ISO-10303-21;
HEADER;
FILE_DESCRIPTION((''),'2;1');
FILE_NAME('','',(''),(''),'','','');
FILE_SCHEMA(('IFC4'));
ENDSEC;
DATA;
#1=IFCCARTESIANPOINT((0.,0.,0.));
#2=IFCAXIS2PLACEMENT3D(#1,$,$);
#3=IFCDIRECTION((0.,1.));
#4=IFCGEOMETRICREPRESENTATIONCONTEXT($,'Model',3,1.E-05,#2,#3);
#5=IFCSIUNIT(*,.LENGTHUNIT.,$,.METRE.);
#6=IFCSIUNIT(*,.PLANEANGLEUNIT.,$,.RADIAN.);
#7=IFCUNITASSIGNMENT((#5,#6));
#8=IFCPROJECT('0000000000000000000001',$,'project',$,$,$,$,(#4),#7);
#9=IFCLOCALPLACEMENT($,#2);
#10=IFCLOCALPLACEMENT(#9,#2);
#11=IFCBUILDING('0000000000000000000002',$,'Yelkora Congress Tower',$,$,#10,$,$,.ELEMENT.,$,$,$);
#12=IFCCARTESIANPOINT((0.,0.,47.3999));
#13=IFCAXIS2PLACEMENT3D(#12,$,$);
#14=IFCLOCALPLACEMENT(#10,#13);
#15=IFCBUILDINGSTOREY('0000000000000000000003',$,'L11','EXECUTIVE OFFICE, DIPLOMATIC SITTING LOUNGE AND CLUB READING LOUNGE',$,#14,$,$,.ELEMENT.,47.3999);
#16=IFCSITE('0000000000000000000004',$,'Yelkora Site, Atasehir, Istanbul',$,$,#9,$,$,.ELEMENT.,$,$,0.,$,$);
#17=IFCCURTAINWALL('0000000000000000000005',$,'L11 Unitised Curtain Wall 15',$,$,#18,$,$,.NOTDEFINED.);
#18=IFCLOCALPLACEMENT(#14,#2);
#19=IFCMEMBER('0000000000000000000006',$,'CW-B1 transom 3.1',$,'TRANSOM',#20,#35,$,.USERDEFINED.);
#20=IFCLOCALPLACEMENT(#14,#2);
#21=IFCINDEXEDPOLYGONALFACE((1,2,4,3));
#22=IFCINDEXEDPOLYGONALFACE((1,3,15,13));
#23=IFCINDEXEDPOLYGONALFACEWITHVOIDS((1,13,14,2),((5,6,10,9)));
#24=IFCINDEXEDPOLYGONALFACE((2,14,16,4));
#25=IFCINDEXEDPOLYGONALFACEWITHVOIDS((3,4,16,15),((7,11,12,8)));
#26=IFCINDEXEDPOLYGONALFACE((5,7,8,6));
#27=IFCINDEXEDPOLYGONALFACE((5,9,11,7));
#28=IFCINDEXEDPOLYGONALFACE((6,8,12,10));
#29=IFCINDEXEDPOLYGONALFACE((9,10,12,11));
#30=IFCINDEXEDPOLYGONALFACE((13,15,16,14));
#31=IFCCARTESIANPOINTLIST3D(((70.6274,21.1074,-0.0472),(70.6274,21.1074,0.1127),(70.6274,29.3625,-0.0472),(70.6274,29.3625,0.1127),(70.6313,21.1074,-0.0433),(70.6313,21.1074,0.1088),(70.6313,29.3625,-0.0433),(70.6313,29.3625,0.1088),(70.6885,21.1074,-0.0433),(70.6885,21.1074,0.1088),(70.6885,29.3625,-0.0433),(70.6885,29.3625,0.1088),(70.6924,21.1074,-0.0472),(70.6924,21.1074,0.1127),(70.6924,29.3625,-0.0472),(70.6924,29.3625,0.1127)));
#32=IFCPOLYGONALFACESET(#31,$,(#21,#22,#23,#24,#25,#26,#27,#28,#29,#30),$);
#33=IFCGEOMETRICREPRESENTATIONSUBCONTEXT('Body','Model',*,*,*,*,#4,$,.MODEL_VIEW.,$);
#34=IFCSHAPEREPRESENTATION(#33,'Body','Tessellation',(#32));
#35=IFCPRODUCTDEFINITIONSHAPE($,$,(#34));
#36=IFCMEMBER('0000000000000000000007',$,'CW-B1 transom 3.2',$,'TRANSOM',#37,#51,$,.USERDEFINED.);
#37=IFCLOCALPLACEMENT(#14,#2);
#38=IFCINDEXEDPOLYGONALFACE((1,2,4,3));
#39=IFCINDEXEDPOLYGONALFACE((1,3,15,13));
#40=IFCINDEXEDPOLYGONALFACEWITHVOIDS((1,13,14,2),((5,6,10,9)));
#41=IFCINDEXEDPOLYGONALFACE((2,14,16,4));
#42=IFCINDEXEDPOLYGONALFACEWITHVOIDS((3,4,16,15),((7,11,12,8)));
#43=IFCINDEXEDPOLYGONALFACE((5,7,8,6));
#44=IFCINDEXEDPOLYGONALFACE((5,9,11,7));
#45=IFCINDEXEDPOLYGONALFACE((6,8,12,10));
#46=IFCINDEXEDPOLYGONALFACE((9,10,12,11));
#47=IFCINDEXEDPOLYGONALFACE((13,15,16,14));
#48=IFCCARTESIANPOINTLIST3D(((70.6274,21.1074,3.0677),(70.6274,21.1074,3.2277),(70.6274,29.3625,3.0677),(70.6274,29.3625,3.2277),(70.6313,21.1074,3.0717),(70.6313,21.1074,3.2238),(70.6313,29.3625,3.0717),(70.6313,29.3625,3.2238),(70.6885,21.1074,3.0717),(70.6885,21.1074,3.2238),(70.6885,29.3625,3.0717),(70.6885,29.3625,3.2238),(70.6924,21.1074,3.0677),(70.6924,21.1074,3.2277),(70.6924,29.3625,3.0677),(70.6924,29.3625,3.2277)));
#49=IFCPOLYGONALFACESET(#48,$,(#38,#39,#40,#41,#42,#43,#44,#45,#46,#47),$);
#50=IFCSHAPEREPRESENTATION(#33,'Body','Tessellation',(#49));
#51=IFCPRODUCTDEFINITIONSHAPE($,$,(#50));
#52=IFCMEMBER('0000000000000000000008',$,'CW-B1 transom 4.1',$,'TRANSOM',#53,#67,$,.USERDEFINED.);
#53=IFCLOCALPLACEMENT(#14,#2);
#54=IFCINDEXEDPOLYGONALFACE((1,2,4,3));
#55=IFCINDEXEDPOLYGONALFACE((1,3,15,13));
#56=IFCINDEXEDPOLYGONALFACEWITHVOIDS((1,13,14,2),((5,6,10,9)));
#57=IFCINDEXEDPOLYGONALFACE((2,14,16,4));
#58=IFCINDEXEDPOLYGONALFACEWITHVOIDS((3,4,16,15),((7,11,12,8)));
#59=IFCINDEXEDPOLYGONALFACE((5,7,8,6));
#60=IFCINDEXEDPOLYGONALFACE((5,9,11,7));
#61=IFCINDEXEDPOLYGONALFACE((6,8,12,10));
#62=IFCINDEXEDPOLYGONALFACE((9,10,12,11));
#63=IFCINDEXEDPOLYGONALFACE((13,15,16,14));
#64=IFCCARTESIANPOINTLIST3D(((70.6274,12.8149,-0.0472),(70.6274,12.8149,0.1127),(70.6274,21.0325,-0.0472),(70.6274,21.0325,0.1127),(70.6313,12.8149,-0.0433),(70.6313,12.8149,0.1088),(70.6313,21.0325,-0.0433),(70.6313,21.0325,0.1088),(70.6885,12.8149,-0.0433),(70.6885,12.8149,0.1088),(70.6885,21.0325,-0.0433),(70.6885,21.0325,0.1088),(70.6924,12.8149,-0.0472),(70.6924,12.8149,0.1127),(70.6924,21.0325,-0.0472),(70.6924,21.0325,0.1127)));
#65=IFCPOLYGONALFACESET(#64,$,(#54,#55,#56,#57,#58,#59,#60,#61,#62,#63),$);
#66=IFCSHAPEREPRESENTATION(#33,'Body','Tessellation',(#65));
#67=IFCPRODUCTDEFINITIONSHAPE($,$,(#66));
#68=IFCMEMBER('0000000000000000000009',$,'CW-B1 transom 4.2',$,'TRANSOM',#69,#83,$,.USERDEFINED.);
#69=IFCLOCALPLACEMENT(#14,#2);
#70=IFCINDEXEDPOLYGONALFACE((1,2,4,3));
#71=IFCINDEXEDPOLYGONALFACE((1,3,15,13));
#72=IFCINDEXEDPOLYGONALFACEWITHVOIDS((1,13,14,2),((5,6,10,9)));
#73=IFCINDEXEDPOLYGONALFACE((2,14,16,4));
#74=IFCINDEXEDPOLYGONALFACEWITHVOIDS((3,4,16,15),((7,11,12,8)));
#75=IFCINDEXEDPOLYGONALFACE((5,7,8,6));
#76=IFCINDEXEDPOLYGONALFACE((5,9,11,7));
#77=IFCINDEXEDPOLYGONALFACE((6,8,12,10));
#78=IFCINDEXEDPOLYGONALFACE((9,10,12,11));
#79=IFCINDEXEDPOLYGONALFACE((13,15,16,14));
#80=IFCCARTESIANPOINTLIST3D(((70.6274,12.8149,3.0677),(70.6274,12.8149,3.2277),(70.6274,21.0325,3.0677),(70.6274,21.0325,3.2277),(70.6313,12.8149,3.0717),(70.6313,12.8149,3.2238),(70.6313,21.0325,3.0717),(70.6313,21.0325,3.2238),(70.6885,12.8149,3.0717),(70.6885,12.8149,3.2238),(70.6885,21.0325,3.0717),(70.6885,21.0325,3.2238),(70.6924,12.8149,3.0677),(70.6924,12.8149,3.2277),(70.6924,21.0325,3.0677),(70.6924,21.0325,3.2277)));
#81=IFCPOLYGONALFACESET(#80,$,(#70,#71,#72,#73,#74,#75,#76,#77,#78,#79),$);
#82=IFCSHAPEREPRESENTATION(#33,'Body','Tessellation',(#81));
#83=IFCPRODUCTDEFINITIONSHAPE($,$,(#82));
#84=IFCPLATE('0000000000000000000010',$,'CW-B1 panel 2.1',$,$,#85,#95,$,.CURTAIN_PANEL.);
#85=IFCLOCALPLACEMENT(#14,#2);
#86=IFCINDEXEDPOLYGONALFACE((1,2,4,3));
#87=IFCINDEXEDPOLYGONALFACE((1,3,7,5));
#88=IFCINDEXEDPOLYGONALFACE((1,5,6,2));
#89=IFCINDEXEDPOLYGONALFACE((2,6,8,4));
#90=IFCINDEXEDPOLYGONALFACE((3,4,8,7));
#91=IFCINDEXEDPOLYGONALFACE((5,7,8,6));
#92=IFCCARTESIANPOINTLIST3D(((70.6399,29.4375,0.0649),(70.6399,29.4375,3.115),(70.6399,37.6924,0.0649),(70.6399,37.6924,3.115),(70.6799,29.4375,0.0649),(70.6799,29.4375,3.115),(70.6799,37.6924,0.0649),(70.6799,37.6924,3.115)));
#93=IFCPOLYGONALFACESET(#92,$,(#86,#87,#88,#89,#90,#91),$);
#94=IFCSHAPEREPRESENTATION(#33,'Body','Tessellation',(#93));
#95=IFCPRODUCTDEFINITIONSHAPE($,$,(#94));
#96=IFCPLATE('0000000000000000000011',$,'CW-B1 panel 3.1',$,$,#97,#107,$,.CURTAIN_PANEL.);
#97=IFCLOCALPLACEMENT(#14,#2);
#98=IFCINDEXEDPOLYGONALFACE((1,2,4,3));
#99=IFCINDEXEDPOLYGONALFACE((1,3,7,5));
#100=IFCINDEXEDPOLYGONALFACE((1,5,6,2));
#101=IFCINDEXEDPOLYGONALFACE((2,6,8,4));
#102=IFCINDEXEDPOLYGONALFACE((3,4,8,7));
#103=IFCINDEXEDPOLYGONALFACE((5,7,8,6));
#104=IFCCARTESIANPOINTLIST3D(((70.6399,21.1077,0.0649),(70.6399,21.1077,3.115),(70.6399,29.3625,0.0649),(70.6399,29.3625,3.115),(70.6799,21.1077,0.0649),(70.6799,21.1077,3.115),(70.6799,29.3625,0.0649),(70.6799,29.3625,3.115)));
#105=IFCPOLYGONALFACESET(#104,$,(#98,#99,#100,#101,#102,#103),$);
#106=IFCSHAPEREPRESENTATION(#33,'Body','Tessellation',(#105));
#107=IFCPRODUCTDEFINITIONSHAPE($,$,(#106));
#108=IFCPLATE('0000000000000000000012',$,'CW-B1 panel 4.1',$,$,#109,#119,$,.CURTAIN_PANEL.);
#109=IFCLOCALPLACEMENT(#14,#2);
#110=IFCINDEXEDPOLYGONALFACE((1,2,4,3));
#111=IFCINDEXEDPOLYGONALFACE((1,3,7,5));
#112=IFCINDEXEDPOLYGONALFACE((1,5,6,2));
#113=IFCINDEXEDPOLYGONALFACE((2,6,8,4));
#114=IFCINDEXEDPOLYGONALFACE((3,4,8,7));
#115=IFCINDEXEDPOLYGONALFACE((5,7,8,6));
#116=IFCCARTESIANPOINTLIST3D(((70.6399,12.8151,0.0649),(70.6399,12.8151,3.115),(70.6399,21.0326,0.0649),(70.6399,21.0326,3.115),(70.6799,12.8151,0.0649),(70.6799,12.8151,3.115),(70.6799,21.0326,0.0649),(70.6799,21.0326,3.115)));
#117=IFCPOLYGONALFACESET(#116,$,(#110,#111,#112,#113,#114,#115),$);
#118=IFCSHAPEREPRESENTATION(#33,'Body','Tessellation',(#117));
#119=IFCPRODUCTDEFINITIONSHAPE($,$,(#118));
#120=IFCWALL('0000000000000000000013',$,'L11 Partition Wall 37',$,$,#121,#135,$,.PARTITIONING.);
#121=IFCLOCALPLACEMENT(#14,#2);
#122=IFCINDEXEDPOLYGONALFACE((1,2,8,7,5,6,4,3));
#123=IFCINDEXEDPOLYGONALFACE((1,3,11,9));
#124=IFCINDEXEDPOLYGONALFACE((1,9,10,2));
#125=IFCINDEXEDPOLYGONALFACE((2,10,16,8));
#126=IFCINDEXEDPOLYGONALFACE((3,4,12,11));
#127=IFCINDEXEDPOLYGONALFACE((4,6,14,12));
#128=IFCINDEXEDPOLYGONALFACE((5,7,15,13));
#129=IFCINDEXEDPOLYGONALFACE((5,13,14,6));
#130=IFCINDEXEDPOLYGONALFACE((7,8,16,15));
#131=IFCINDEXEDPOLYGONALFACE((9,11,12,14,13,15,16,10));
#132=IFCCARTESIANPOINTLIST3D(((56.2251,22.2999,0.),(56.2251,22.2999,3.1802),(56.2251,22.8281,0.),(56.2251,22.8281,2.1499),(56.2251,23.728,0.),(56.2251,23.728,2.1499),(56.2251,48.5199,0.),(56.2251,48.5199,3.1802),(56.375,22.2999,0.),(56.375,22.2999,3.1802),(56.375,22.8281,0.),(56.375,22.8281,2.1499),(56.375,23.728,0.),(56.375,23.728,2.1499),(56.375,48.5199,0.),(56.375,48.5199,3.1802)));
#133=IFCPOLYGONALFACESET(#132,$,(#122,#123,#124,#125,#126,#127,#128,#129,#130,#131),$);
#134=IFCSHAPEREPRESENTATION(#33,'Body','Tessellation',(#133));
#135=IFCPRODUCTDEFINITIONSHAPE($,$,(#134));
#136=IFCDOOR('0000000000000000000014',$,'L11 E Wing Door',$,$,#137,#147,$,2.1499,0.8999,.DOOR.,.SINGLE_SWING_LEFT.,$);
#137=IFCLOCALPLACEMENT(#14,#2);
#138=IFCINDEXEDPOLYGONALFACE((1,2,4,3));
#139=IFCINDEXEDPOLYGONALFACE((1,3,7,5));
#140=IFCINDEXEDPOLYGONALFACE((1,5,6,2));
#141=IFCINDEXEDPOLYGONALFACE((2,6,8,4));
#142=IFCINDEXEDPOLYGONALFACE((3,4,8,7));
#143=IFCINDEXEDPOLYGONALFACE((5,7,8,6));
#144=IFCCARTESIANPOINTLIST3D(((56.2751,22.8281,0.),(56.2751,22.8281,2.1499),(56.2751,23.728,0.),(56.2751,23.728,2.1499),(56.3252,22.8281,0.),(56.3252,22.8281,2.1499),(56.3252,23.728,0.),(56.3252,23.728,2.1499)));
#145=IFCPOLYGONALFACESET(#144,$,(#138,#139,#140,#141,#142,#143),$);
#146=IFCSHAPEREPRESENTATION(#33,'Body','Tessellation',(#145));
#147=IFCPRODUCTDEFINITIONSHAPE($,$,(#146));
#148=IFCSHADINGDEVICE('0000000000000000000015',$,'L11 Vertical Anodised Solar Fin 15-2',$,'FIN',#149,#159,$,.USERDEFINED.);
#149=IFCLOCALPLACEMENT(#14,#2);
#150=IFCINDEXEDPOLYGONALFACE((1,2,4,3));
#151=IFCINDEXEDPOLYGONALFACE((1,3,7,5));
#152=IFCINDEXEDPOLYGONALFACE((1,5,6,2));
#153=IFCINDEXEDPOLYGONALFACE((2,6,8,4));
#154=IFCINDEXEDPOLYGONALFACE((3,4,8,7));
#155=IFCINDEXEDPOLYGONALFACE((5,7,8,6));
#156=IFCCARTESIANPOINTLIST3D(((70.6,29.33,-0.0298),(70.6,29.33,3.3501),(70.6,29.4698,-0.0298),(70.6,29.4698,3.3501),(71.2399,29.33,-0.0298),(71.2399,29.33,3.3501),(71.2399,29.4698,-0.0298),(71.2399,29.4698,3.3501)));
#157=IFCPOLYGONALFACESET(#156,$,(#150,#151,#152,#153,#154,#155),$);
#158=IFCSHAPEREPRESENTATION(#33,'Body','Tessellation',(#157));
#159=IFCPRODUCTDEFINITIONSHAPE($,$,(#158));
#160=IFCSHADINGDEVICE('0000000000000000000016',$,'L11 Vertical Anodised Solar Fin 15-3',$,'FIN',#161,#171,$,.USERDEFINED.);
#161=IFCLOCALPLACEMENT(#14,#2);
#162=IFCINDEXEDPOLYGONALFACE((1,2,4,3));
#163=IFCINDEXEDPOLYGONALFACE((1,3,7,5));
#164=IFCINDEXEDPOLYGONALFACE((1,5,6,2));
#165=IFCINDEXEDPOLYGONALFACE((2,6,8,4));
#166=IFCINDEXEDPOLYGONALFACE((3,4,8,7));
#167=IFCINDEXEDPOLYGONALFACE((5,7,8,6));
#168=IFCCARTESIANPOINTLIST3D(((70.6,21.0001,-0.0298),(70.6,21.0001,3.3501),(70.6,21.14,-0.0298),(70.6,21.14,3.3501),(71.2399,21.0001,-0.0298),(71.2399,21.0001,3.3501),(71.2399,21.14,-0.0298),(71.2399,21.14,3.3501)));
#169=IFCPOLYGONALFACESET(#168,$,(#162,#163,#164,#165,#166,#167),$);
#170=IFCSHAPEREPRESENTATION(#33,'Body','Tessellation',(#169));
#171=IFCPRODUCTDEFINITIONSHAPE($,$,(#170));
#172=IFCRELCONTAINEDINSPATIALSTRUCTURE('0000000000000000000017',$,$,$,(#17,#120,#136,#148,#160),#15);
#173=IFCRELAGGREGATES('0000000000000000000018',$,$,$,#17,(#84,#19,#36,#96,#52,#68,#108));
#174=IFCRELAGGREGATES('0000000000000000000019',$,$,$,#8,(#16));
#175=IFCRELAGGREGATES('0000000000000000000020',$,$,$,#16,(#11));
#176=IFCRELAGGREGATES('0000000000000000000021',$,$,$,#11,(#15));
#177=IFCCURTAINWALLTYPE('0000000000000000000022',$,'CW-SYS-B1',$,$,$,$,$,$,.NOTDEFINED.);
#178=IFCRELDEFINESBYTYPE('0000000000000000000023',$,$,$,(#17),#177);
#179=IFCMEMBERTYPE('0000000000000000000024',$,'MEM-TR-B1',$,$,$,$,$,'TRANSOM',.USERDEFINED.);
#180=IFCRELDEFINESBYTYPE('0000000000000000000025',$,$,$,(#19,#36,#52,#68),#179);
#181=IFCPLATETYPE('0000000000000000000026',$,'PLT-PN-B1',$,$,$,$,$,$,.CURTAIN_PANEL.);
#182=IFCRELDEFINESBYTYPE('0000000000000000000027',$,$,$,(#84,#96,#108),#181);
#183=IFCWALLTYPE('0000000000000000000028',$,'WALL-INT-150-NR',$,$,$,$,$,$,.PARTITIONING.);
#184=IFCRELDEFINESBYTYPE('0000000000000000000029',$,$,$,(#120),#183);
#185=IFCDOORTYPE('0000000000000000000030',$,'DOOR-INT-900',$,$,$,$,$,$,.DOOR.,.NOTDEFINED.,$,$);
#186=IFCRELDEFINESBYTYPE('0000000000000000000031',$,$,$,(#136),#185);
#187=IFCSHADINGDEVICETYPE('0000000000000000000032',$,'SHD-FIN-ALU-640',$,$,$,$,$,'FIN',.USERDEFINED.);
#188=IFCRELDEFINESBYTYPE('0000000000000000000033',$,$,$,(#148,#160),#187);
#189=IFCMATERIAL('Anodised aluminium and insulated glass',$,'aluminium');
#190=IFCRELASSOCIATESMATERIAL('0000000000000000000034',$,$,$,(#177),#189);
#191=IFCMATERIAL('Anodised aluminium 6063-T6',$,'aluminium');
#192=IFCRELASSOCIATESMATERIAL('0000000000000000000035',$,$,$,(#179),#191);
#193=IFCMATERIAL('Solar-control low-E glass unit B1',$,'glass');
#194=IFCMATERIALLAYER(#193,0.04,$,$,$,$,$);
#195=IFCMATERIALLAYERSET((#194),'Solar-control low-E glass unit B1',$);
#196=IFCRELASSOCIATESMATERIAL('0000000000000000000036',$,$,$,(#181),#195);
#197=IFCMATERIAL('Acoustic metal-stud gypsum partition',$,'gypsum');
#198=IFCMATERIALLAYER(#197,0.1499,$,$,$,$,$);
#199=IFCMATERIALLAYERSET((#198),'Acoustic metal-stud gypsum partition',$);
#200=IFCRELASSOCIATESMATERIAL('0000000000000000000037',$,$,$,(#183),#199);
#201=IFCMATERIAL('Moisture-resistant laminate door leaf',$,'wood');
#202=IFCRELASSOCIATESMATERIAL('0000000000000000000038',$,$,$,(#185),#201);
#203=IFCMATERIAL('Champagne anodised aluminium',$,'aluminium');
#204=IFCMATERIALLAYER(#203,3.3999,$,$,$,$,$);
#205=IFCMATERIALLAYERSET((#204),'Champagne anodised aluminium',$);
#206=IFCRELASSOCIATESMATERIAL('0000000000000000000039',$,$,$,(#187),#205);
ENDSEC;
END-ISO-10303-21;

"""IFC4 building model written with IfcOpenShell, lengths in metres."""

from ifc_helpers import new_model, si_unit, direction, frame, frame_2d, origin, origin_2d, place, context, subcontext, project, spatial, rectangle, hollow_rectangle, extrude, material, layer, layer_set, material_profile, profile_set, type_object, element, fill, aggregate, save


model = new_model("IFC4")

# Units and contexts
model_context = context("Model", 3, precision=1e-05, world=origin(), true_north=direction((0.0, 1.0)))
body_context = subcontext(model_context, "Body", "Model", "MODEL_VIEW")
ifc_project = project(units=[si_unit("LENGTHUNIT", "METRE"), si_unit("PLANEANGLEUNIT", "RADIAN")], contexts=[model_context])

# Site, building, storey
site_placement = place(None, origin())
site = spatial("IfcSite", under=ifc_project, at=site_placement, Name="Yelkora Site, Atasehir, Istanbul", CompositionType="ELEMENT", RefElevation=0.0)
building_placement = place(site_placement, origin())
building = spatial("IfcBuilding", under=site, at=building_placement, Name="Yelkora Congress Tower", CompositionType="ELEMENT")
storey_placement = place(building_placement, frame((0.0, 0.0, 47.3999)))
storey = spatial("IfcBuildingStorey", under=building, at=storey_placement, Name="L11", Description="EXECUTIVE OFFICE, DIPLOMATIC SITTING LOUNGE AND CLUB READING LOUNGE", CompositionType="ELEMENT", Elevation=47.3999)

# Curtain wall, members, plates
ifc_material_1 = material(Name="Anodised aluminium and insulated glass", Category="aluminium")
curtain_wall_type = type_object("IfcCurtainWallType", Name="CW-SYS-B1", PredefinedType="NOTDEFINED", material=ifc_material_1)
curtain_wall_placement = place(storey_placement, origin())
curtain_wall = element("IfcCurtainWall", 1, at=curtain_wall_placement, inside=storey, type_object=curtain_wall_type, Name="L11 Unitised Curtain Wall 15", PredefinedType="NOTDEFINED")
ifc_material_2 = material(Name="Anodised aluminium 6063-T6", Category="aluminium")
ifc_material_profile_1 = material_profile(ifc_material_2, hollow_rectangle(XDim=0.0649, YDim=0.1599, WallThickness=0.0039, at=origin_2d()), Name="ALU 65x160x4")
ifc_profile_set_1 = profile_set([ifc_material_profile_1], Name="Anodised aluminium 6063-T6")
member_type_1 = type_object("IfcMemberType", Name="MEM-TR-B1", ElementType="TRANSOM", PredefinedType="USERDEFINED", material=ifc_profile_set_1)
member_1_placement = place(storey_placement, frame((70.6599, 29.3625, 0.0327), z_axis=(0.0, -1.0, 0.0), x_axis=(1.0, 0.0, 0.0)))
member_1 = element("IfcMember", 2, at=member_1_placement, type_object=member_type_1, Name="CW-B1 transom 3.1", ObjectType="TRANSOM", PredefinedType="USERDEFINED", context=body_context, shape_type="SweptSolid", body=[
    extrude(hollow_rectangle(XDim=0.0649, YDim=0.1599, WallThickness=0.0039, at=origin_2d()), origin(), (0.0, 0.0, 1.0), 8.2551),
])
member_2_placement = place(storey_placement, frame((70.6599, 29.3625, 3.1477), z_axis=(0.0, -1.0, 0.0), x_axis=(1.0, 0.0, 0.0)))
member_2 = element("IfcMember", 3, at=member_2_placement, type_object=member_type_1, Name="CW-B1 transom 3.2", ObjectType="TRANSOM", PredefinedType="USERDEFINED", context=body_context, shape_type="SweptSolid", body=[
    extrude(hollow_rectangle(XDim=0.0649, YDim=0.1599, WallThickness=0.0039, at=origin_2d()), origin(), (0.0, 0.0, 1.0), 8.2551),
])
member_3_placement = place(storey_placement, frame((70.6599, 21.0325, 0.0327), z_axis=(0.0, -1.0, 0.0), x_axis=(1.0, 0.0, 0.0)))
member_3 = element("IfcMember", 4, at=member_3_placement, type_object=member_type_1, Name="CW-B1 transom 4.1", ObjectType="TRANSOM", PredefinedType="USERDEFINED", context=body_context, shape_type="SweptSolid", body=[
    extrude(hollow_rectangle(XDim=0.0649, YDim=0.1599, WallThickness=0.0039, at=origin_2d()), origin(), (0.0, 0.0, 1.0), 8.2175),
])
member_4_placement = place(storey_placement, frame((70.6599, 21.0325, 3.1477), z_axis=(0.0, -1.0, 0.0), x_axis=(1.0, 0.0, 0.0)))
member_4 = element("IfcMember", 5, at=member_4_placement, type_object=member_type_1, Name="CW-B1 transom 4.2", ObjectType="TRANSOM", PredefinedType="USERDEFINED", context=body_context, shape_type="SweptSolid", body=[
    extrude(hollow_rectangle(XDim=0.0649, YDim=0.1599, WallThickness=0.0039, at=origin_2d()), origin(), (0.0, 0.0, 1.0), 8.2175),
])
ifc_material_3 = material(Name="Solar-control low-E glass unit B1", Category="glass")
ifc_layer_1 = layer(ifc_material_3, 0.04)
ifc_layer_set_1 = layer_set([ifc_layer_1], Name="Solar-control low-E glass unit B1")
plate_type = type_object("IfcPlateType", Name="PLT-PN-B1", PredefinedType="CURTAIN_PANEL", material=ifc_layer_set_1)
plate_1_placement = place(storey_placement, frame((70.6599, 33.5649, 0.0649), z_axis=(0.0, 0.0, 1.0), x_axis=(0.0, -1.0, 0.0)))
plate_1 = element("IfcPlate", 6, at=plate_1_placement, type_object=plate_type, Name="CW-B1 panel 2.1", PredefinedType="CURTAIN_PANEL", context=body_context, shape_type="SweptSolid", body=[
    extrude(rectangle(XDim=8.2549, YDim=0.04, at=origin_2d()), origin(), (0.0, 0.0, 1.0), 3.05),
])
plate_2_placement = place(storey_placement, frame((70.6599, 25.2351, 0.0649), z_axis=(0.0, 0.0, 1.0), x_axis=(0.0, -1.0, 0.0)))
plate_2 = element("IfcPlate", 7, at=plate_2_placement, type_object=plate_type, Name="CW-B1 panel 3.1", PredefinedType="CURTAIN_PANEL", context=body_context, shape_type="SweptSolid", body=[
    extrude(rectangle(XDim=8.2549, YDim=0.04, at=origin_2d()), origin(), (0.0, 0.0, 1.0), 3.05),
])
plate_3_placement = place(storey_placement, frame((70.6599, 16.9238, 0.0649), z_axis=(0.0, 0.0, 1.0), x_axis=(0.0, -1.0, 0.0)))
plate_3 = element("IfcPlate", 8, at=plate_3_placement, type_object=plate_type, Name="CW-B1 panel 4.1", PredefinedType="CURTAIN_PANEL", context=body_context, shape_type="SweptSolid", body=[
    extrude(rectangle(XDim=8.2175, YDim=0.04, at=origin_2d()), origin(), (0.0, 0.0, 1.0), 3.05),
])
aggregate(curtain_wall, [plate_1, member_1, member_2, plate_2, member_3, member_4, plate_3])

# Wall, opening, door
ifc_material_4 = material(Name="Acoustic metal-stud gypsum partition", Category="gypsum")
ifc_layer_2 = layer(ifc_material_4, 0.1499)
ifc_layer_set_2 = layer_set([ifc_layer_2], Name="Acoustic metal-stud gypsum partition")
wall_type = type_object("IfcWallType", Name="WALL-INT-150-NR", PredefinedType="PARTITIONING", material=ifc_layer_set_2)
wall_placement = place(storey_placement, frame((56.3, 22.3, 0.0), z_axis=(0.0, 0.0, 1.0), x_axis=(0.0, 1.0, 0.0)))
wall = element("IfcWall", 9, at=wall_placement, inside=storey, type_object=wall_type, Name="L11 Partition Wall 37", PredefinedType="PARTITIONING", context=body_context, shape_type="SweptSolid", body=[
    extrude(rectangle(XDim=26.22, YDim=0.1499, at=frame_2d((13.1099, 0.0))), origin(), (0.0, 0.0, 1.0), 3.1802),
])
opening_placement = place(wall_placement, frame((0.5281, 0.0, 0.0)))
opening = element("IfcOpeningElement", 10, at=opening_placement, cuts=wall, PredefinedType="OPENING", context=body_context, shape_type="SweptSolid", body=[
    extrude(rectangle(XDim=0.8999, YDim=2.1499, at=frame_2d((0.45, 1.075))), frame((0.0, 0.085, 0.0), z_axis=(0.0, -1.0, 0.0), x_axis=(1.0, 0.0, 0.0)), (0.0, 0.0, 1.0), 0.1699),
])
ifc_material_5 = material(Name="Moisture-resistant laminate door leaf", Category="wood")
door_type = type_object("IfcDoorType", Name="DOOR-INT-900", OperationType="NOTDEFINED", PredefinedType="DOOR", material=ifc_material_5)
door_placement = place(opening_placement, origin())
door = element("IfcDoor", 11, at=door_placement, inside=storey, type_object=door_type, Name="L11 E Wing Door", OperationType="SINGLE_SWING_LEFT", OverallHeight=2.1499, OverallWidth=0.8999, PredefinedType="DOOR", context=body_context, shape_type="SweptSolid", body=[
    extrude(rectangle(XDim=0.8999, YDim=2.1499, at=frame_2d((0.45, 1.075))), frame((0.0, 0.0249, 0.0), z_axis=(0.0, -1.0, 0.0), x_axis=(1.0, 0.0, 0.0)), (0.0, 0.0, 1.0), 0.05),
])
fill(opening, door)

# Shading devices
ifc_material_6 = material(Name="Champagne anodised aluminium", Category="aluminium")
ifc_layer_3 = layer(ifc_material_6, 3.3999)
ifc_layer_set_3 = layer_set([ifc_layer_3], Name="Champagne anodised aluminium")
shading_device_type = type_object("IfcShadingDeviceType", Name="SHD-FIN-ALU-640", ElementType="FIN", PredefinedType="USERDEFINED", material=ifc_layer_set_3)
for number, where, z_axis, x_axis, name in (
    (12, (70.9199, 29.3999, -0.0298), (0.0, 0.0, 1.0), (0.0, -1.0, 0.0), "L11 Vertical Anodised Solar Fin 15-2"),
    (13, (70.9199, 21.0701, -0.0298), (0.0, 0.0, 1.0), (0.0, -1.0, 0.0), "L11 Vertical Anodised Solar Fin 15-3"),
):
    element("IfcShadingDevice", number, at=place(storey_placement, frame(where, z_axis=z_axis, x_axis=x_axis)), inside=storey, type_object=shading_device_type, Name=name, ObjectType="FIN", PredefinedType="USERDEFINED", context=body_context, shape_type="SweptSolid", body=[
        extrude(rectangle(XDim=0.1399, YDim=0.6399, at=origin_2d()), origin(), (0.0, 0.0, 1.0), 3.3799),
    ])

save(model, "model.ifc")
